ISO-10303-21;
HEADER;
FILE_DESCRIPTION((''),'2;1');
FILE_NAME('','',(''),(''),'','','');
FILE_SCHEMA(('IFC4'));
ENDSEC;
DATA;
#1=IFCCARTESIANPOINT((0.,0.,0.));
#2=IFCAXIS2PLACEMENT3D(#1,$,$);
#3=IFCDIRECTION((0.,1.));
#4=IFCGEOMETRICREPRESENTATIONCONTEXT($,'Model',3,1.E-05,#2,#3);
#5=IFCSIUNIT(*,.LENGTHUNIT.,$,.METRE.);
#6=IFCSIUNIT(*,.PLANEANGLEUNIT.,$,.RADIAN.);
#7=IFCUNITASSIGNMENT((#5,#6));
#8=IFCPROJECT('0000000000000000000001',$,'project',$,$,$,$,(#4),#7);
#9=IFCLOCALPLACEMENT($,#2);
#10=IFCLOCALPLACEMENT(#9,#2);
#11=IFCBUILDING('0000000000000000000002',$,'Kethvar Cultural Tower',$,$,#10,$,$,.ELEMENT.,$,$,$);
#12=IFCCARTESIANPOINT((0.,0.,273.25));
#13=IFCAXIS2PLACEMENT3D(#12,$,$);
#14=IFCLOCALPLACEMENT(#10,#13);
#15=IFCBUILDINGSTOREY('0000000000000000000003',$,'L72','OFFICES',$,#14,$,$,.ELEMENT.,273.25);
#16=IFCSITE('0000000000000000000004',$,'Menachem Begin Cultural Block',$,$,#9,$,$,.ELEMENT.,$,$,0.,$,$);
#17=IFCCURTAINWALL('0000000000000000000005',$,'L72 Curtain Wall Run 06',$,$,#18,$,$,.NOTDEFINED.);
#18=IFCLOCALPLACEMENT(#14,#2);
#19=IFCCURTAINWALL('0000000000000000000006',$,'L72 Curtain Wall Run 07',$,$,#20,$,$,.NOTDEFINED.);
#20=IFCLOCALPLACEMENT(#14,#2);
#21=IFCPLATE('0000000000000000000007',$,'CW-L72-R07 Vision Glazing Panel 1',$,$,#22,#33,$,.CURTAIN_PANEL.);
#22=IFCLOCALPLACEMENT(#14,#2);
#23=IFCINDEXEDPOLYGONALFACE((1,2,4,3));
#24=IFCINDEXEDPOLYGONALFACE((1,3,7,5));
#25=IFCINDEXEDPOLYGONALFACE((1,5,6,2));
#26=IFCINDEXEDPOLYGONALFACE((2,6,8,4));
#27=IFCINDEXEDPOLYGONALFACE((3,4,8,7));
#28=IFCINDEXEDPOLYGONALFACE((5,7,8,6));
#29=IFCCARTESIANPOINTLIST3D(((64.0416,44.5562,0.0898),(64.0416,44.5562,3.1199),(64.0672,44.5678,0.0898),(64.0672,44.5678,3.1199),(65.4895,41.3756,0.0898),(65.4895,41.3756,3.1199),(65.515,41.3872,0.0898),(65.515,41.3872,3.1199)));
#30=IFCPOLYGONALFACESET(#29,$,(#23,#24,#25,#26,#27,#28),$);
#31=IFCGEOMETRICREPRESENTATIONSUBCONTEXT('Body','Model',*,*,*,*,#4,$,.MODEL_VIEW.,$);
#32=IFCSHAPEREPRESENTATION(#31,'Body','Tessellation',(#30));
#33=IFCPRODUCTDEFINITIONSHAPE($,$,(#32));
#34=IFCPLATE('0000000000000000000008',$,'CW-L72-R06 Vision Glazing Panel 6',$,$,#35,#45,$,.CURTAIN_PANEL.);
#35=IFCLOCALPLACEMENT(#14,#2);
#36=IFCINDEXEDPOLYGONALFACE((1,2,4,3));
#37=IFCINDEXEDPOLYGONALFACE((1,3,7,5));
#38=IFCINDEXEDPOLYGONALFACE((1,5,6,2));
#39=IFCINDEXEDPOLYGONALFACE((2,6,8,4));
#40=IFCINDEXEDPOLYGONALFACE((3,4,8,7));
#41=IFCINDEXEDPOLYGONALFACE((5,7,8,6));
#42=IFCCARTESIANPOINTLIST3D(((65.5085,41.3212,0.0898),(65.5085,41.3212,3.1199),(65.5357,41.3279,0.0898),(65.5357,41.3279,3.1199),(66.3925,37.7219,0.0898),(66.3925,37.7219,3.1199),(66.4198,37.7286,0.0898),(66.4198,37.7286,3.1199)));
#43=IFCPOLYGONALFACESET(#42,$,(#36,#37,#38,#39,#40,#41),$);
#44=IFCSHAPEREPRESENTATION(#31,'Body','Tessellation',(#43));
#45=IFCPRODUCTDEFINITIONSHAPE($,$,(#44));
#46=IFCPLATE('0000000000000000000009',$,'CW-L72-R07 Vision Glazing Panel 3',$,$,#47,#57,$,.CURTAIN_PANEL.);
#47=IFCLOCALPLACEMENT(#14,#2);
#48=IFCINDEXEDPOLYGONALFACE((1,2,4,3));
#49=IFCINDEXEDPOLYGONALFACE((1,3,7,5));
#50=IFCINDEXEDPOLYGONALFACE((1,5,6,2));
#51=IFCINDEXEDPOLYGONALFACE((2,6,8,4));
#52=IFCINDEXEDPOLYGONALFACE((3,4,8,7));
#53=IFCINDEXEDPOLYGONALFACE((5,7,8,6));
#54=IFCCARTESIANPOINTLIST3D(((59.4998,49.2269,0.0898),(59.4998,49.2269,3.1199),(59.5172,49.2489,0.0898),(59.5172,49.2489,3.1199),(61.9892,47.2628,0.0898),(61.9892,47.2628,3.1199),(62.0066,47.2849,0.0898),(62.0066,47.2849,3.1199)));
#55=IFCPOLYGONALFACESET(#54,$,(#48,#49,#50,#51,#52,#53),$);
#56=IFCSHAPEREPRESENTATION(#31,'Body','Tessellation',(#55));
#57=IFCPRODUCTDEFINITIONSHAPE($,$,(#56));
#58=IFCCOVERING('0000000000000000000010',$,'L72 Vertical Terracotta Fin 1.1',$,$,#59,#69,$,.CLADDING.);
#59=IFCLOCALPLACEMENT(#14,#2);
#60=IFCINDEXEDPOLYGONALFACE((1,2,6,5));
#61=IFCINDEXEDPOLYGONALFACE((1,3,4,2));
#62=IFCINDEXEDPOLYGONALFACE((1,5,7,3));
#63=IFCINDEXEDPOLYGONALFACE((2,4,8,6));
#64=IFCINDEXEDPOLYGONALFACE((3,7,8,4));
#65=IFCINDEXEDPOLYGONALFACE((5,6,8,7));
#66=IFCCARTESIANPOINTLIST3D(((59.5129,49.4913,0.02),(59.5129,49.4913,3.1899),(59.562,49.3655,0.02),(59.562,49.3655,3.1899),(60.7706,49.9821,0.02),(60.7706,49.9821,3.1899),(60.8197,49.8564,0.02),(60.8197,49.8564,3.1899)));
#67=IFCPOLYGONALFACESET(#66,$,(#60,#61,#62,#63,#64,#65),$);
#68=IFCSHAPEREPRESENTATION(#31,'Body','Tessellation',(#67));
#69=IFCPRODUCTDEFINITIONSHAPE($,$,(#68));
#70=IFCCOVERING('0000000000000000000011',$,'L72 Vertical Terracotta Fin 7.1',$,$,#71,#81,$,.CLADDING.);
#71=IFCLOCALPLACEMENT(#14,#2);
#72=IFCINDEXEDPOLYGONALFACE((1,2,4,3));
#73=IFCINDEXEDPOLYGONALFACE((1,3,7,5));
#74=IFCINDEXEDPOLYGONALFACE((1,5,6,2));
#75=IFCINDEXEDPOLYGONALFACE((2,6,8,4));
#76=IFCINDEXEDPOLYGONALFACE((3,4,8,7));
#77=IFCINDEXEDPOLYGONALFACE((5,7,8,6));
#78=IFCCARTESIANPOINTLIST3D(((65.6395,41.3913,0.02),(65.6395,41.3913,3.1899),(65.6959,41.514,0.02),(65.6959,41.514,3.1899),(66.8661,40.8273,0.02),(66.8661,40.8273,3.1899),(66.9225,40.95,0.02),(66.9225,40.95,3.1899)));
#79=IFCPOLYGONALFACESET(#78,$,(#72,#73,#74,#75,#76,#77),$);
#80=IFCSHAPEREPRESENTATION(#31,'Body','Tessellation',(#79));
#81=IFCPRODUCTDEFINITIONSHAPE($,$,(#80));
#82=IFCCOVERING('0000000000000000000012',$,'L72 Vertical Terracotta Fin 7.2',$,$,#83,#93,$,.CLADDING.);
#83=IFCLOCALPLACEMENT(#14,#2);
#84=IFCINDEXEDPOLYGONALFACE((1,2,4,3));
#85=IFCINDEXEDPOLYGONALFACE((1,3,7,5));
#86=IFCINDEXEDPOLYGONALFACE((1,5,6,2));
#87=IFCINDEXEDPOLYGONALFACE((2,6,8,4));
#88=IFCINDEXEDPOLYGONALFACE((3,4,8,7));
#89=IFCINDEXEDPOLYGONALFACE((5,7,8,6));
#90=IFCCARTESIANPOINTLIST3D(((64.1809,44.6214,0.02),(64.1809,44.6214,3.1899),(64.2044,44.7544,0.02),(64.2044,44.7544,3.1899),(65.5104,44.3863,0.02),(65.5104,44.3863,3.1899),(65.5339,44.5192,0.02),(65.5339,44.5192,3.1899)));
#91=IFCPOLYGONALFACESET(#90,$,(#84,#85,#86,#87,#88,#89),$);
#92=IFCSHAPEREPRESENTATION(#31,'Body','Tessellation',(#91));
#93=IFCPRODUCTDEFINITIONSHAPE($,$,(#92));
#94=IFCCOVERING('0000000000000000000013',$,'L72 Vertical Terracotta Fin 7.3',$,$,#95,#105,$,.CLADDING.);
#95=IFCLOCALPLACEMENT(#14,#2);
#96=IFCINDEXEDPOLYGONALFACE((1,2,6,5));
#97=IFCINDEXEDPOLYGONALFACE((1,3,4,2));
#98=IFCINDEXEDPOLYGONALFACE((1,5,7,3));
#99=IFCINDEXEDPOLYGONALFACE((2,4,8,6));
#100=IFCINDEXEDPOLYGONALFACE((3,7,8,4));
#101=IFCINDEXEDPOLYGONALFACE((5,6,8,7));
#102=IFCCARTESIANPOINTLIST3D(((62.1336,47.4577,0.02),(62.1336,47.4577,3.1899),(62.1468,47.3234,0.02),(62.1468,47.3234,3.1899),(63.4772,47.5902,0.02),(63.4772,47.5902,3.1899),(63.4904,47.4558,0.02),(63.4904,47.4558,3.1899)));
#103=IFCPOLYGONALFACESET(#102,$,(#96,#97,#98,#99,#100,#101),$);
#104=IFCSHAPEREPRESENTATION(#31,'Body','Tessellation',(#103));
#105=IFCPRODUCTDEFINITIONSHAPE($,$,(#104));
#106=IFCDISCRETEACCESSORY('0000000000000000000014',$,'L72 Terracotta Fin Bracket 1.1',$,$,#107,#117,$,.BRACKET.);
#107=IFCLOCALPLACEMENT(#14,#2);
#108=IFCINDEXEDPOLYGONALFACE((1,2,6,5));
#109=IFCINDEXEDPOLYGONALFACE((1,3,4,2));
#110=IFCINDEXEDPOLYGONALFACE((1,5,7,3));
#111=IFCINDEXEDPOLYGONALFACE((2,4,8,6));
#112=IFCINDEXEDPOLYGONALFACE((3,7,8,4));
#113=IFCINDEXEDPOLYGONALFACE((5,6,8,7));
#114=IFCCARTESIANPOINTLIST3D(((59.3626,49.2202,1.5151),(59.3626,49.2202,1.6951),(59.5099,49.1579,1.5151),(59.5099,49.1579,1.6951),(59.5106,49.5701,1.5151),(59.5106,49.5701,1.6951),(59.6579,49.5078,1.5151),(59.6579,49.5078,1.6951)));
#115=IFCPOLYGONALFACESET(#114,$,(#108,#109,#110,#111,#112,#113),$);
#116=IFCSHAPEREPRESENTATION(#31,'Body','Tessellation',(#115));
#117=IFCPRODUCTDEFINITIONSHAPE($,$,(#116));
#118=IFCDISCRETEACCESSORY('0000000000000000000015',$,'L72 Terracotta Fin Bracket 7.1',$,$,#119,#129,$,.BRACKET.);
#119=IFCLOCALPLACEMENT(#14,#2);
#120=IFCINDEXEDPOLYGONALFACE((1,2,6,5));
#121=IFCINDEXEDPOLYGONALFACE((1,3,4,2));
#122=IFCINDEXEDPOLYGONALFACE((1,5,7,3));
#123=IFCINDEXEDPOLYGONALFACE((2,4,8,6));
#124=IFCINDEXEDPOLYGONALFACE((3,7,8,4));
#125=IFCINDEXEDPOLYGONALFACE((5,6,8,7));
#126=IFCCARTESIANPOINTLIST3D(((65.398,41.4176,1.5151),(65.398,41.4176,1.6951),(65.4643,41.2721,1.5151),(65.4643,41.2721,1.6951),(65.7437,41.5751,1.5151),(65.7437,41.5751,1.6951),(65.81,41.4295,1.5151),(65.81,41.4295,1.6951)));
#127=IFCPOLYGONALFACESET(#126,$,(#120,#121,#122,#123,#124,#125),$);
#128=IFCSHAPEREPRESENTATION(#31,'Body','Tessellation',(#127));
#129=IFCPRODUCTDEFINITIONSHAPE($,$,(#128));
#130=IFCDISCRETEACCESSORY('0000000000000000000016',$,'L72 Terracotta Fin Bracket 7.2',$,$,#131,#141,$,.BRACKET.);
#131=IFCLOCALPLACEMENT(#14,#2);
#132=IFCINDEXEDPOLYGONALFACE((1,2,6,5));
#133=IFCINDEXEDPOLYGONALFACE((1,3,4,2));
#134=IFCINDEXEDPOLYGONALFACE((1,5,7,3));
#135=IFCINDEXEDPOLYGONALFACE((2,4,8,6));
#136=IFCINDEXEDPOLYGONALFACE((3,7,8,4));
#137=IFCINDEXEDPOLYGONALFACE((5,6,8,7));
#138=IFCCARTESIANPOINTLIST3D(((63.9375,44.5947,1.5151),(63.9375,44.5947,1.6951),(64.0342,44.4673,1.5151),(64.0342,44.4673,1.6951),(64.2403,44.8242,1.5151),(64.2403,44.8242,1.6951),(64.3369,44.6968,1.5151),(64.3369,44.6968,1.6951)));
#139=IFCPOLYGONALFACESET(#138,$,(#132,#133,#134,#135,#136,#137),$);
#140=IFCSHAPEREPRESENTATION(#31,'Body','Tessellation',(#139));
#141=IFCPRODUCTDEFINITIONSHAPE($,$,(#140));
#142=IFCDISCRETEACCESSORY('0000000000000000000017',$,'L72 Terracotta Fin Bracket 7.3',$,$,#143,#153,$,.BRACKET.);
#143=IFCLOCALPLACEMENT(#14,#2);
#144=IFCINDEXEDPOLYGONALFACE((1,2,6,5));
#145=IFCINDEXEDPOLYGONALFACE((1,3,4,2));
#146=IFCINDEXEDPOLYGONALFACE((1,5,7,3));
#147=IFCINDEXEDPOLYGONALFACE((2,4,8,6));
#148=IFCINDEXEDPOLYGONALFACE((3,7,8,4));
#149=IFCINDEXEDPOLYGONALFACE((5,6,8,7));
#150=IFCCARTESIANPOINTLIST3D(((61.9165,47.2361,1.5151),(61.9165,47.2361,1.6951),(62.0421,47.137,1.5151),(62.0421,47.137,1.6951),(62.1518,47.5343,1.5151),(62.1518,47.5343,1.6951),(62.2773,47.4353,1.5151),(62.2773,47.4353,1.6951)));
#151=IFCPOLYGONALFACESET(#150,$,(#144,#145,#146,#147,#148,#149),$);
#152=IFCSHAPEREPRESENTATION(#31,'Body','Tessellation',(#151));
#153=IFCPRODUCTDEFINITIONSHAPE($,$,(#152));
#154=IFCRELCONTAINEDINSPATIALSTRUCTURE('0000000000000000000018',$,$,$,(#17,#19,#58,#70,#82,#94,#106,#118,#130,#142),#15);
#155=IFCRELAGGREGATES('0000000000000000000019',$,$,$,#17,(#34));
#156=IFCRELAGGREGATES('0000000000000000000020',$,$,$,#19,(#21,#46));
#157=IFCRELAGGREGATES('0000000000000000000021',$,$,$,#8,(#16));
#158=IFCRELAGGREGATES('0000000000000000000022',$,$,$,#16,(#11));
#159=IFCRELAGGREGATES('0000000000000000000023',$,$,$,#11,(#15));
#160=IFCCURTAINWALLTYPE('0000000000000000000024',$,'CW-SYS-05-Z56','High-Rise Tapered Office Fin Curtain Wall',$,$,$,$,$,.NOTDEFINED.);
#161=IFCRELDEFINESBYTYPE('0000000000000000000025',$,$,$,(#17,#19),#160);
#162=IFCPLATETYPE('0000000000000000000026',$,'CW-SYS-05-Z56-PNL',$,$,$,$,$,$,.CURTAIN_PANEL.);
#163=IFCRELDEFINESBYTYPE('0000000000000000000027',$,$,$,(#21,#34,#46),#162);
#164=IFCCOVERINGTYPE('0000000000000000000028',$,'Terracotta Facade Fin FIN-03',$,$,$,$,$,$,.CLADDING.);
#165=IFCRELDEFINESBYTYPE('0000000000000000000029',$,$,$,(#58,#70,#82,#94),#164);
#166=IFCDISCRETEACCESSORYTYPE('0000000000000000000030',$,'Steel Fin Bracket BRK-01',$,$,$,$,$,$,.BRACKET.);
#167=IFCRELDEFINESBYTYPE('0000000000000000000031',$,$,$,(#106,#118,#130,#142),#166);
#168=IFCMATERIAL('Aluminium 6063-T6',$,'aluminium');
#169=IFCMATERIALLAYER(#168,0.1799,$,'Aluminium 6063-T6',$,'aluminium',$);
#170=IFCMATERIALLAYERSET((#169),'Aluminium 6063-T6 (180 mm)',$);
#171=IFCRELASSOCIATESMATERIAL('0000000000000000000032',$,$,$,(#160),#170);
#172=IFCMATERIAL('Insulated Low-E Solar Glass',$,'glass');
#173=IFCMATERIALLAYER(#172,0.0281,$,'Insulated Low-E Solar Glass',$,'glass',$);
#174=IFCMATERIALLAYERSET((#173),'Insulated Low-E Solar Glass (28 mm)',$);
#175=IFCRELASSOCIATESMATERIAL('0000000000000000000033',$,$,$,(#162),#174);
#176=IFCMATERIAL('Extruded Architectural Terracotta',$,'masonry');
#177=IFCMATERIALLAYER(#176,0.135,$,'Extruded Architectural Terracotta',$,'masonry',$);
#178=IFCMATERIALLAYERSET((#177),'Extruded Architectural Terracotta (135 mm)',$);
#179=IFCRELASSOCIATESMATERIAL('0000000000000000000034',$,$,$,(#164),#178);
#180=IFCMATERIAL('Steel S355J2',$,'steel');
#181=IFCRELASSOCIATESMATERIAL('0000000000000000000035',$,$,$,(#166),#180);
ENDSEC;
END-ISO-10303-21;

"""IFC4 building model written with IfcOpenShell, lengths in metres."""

from ifc_helpers import new_model, si_unit, direction, frame, origin, origin_2d, place, context, subcontext, project, spatial, rectangle, extrude, source, transform, mapped, material, layer, layer_set, type_object, element, aggregate, save


model = new_model("IFC4")

# Units and contexts
model_context = context("Model", 3, precision=1e-05, world=origin(), true_north=direction((0.0, 1.0)))
body_context = subcontext(model_context, "Body", "Model", "MODEL_VIEW")
ifc_project = project(units=[si_unit("LENGTHUNIT", "METRE"), si_unit("PLANEANGLEUNIT", "RADIAN")], contexts=[model_context])

# Site, building, storey
site_placement = place(None, origin())
site = spatial("IfcSite", under=ifc_project, at=site_placement, Name="Menachem Begin Cultural Block", CompositionType="ELEMENT", RefElevation=0.0)
building_placement = place(site_placement, origin())
building = spatial("IfcBuilding", under=site, at=building_placement, Name="Kethvar Cultural Tower", CompositionType="ELEMENT")
storey_placement = place(building_placement, frame((0.0, 0.0, 273.25)))
storey = spatial("IfcBuildingStorey", under=building, at=storey_placement, Name="L72", Description="OFFICES", CompositionType="ELEMENT", Elevation=273.25)

# Shared definitions
ifc_material_1 = material(Name="Steel S355J2", Category="steel")

# Curtain wall
ifc_material_2 = material(Name="Aluminium 6063-T6", Category="aluminium")
ifc_layer_1 = layer(ifc_material_2, 0.1799, Name="Aluminium 6063-T6", Category="aluminium")
ifc_layer_set_1 = layer_set([ifc_layer_1], Name="Aluminium 6063-T6 (180 mm)")
curtain_wall_type = type_object("IfcCurtainWallType", Name="CW-SYS-05-Z56", Description="High-Rise Tapered Office Fin Curtain Wall", PredefinedType="NOTDEFINED", material=ifc_layer_set_1)
curtain_wall_1_placement = place(storey_placement, origin())
curtain_wall_1 = element("IfcCurtainWall", 1, at=curtain_wall_1_placement, inside=storey, type_object=curtain_wall_type, Name="L72 Curtain Wall Run 06", PredefinedType="NOTDEFINED")

# Curtain wall
curtain_wall_2_placement = place(storey_placement, origin())
curtain_wall_2 = element("IfcCurtainWall", 2, at=curtain_wall_2_placement, inside=storey, type_object=curtain_wall_type, Name="L72 Curtain Wall Run 07", PredefinedType="NOTDEFINED")

# Plates
ifc_material_3 = material(Name="Insulated Low-E Solar Glass", Category="glass")
ifc_layer_2 = layer(ifc_material_3, 0.0281, Name="Insulated Low-E Solar Glass", Category="glass")
ifc_layer_set_2 = layer_set([ifc_layer_2], Name="Insulated Low-E Solar Glass (28 mm)")
plate_type = type_object("IfcPlateType", Name="CW-SYS-05-Z56-PNL", PredefinedType="CURTAIN_PANEL", material=ifc_layer_set_2)
shared_shape_1 = source(origin(), body_context, "Body", "SweptSolid", [
    extrude(rectangle(XDim=3.4946, YDim=0.0281, at=origin_2d()), origin(), (0.0, 0.0, 1.0), 3.03),
])
plate_1_placement = place(storey_placement, frame((64.7783, 42.9717, 0.0898), z_axis=(0.0, 0.0, 1.0), x_axis=(-0.414312, 0.910135, 0.0)))
plate_1 = element("IfcPlate", 3, at=plate_1_placement, type_object=plate_type, Name="CW-L72-R07 Vision Glazing Panel 1", PredefinedType="CURTAIN_PANEL", context=body_context, shape_type="MappedRepresentation", body=[
    mapped(shared_shape_1, transform((0.0, 0.0, 0.0), scale=1.0)),
])
shared_shape_2 = source(origin(), body_context, "Body", "SweptSolid", [
    extrude(rectangle(XDim=3.7063, YDim=0.0281, at=origin_2d()), origin(), (0.0, 0.0, 1.0), 3.03),
])
plate_2_placement = place(storey_placement, frame((65.9641, 39.5249, 0.0898), z_axis=(0.0, 0.0, 1.0), x_axis=(-0.238517, 0.971138, 0.0)))
plate_2 = element("IfcPlate", 4, at=plate_2_placement, type_object=plate_type, Name="CW-L72-R06 Vision Glazing Panel 6", PredefinedType="CURTAIN_PANEL", context=body_context, shape_type="MappedRepresentation", body=[
    mapped(shared_shape_2, transform((0.0, 0.0, 0.0), scale=1.0)),
])
aggregate(curtain_wall_1, [plate_2])
shared_shape_3 = source(origin(), body_context, "Body", "SweptSolid", [
    extrude(rectangle(XDim=3.1709, YDim=0.0281, at=origin_2d()), origin(), (0.0, 0.0, 1.0), 3.03),
])
plate_3_placement = place(storey_placement, frame((60.7532, 48.2559, 0.0898), z_axis=(0.0, 0.0, 1.0), x_axis=(-0.785079, 0.619395, 0.0)))
plate_3 = element("IfcPlate", 5, at=plate_3_placement, type_object=plate_type, Name="CW-L72-R07 Vision Glazing Panel 3", PredefinedType="CURTAIN_PANEL", context=body_context, shape_type="MappedRepresentation", body=[
    mapped(shared_shape_3, transform((0.0, 0.0, 0.0), scale=1.0)),
])
aggregate(curtain_wall_2, [plate_1, plate_3])

# Coverings
ifc_material_4 = material(Name="Extruded Architectural Terracotta", Category="masonry")
ifc_layer_3 = layer(ifc_material_4, 0.135, Name="Extruded Architectural Terracotta", Category="masonry")
ifc_layer_set_3 = layer_set([ifc_layer_3], Name="Extruded Architectural Terracotta (135 mm)")
covering_type = type_object("IfcCoveringType", Name="Terracotta Facade Fin FIN-03", PredefinedType="CLADDING", material=ifc_layer_set_3)
shared_shape_4 = source(origin(), body_context, "Body", "SweptSolid", [
    extrude(rectangle(XDim=1.3501, YDim=0.135, at=origin_2d()), origin(), (0.0, 0.0, 1.0), 3.1699),
])
for number, where, z_axis, x_axis, name in (
    (6, (60.1663, 49.6738, 0.02), (0.0, 0.0, 1.0), (0.931564, 0.363576, 0.0), "L72 Vertical Terracotta Fin 1.1"),
    (7, (66.281, 41.1707, 0.02), (0.0, 0.0, 1.0), (0.908581, -0.417709, 0.0), "L72 Vertical Terracotta Fin 7.1"),
    (8, (64.8574, 44.5703, 0.02), (0.0, 0.0, 1.0), (0.984717, -0.174164, 0.0), "L72 Vertical Terracotta Fin 7.2"),
    (9, (62.812, 47.4568, 0.02), (0.0, 0.0, 1.0), (0.995176, 0.098104, 0.0), "L72 Vertical Terracotta Fin 7.3"),
):
    element("IfcCovering", number, at=place(storey_placement, frame(where, z_axis=z_axis, x_axis=x_axis)), inside=storey, type_object=covering_type, Name=name, PredefinedType="CLADDING", context=body_context, shape_type="MappedRepresentation", body=[
        mapped(shared_shape_4, transform((0.0, 0.0, 0.0), scale=1.0)),
    ])

# Discrete accessories
discrete_accessory_type = type_object("IfcDiscreteAccessoryType", Name="Steel Fin Bracket BRK-01", PredefinedType="BRACKET", material=ifc_material_1)
shared_shape_5 = source(origin(), body_context, "Body", "SweptSolid", [
    extrude(rectangle(XDim=0.3799, YDim=0.1599, at=origin_2d()), origin(), (0.0, 0.0, 1.0), 0.1799),
])
for number, where, z_axis, x_axis, name in (
    (10, (59.5103, 49.364, 1.5151), (0.0, 0.0, 1.0), (0.389606, 0.920982, 0.0), "L72 Terracotta Fin Bracket 1.1"),
    (11, (65.604, 41.4236, 1.5151), (0.0, 0.0, 1.0), (0.910106, 0.414376, 0.0), "L72 Terracotta Fin Bracket 7.1"),
    (12, (64.1372, 44.6458, 1.5151), (0.0, 0.0, 1.0), (0.796846, 0.604182, 0.0), "L72 Terracotta Fin Bracket 7.2"),
    (13, (62.0969, 47.3357, 1.5151), (0.0, 0.0, 1.0), (0.619368, 0.785101, 0.0), "L72 Terracotta Fin Bracket 7.3"),
):
    element("IfcDiscreteAccessory", number, at=place(storey_placement, frame(where, z_axis=z_axis, x_axis=x_axis)), inside=storey, type_object=discrete_accessory_type, Name=name, PredefinedType="BRACKET", context=body_context, shape_type="MappedRepresentation", body=[
        mapped(shared_shape_5, transform((0.0, 0.0, 0.0), scale=1.0)),
    ])

save(model, "model.ifc")
